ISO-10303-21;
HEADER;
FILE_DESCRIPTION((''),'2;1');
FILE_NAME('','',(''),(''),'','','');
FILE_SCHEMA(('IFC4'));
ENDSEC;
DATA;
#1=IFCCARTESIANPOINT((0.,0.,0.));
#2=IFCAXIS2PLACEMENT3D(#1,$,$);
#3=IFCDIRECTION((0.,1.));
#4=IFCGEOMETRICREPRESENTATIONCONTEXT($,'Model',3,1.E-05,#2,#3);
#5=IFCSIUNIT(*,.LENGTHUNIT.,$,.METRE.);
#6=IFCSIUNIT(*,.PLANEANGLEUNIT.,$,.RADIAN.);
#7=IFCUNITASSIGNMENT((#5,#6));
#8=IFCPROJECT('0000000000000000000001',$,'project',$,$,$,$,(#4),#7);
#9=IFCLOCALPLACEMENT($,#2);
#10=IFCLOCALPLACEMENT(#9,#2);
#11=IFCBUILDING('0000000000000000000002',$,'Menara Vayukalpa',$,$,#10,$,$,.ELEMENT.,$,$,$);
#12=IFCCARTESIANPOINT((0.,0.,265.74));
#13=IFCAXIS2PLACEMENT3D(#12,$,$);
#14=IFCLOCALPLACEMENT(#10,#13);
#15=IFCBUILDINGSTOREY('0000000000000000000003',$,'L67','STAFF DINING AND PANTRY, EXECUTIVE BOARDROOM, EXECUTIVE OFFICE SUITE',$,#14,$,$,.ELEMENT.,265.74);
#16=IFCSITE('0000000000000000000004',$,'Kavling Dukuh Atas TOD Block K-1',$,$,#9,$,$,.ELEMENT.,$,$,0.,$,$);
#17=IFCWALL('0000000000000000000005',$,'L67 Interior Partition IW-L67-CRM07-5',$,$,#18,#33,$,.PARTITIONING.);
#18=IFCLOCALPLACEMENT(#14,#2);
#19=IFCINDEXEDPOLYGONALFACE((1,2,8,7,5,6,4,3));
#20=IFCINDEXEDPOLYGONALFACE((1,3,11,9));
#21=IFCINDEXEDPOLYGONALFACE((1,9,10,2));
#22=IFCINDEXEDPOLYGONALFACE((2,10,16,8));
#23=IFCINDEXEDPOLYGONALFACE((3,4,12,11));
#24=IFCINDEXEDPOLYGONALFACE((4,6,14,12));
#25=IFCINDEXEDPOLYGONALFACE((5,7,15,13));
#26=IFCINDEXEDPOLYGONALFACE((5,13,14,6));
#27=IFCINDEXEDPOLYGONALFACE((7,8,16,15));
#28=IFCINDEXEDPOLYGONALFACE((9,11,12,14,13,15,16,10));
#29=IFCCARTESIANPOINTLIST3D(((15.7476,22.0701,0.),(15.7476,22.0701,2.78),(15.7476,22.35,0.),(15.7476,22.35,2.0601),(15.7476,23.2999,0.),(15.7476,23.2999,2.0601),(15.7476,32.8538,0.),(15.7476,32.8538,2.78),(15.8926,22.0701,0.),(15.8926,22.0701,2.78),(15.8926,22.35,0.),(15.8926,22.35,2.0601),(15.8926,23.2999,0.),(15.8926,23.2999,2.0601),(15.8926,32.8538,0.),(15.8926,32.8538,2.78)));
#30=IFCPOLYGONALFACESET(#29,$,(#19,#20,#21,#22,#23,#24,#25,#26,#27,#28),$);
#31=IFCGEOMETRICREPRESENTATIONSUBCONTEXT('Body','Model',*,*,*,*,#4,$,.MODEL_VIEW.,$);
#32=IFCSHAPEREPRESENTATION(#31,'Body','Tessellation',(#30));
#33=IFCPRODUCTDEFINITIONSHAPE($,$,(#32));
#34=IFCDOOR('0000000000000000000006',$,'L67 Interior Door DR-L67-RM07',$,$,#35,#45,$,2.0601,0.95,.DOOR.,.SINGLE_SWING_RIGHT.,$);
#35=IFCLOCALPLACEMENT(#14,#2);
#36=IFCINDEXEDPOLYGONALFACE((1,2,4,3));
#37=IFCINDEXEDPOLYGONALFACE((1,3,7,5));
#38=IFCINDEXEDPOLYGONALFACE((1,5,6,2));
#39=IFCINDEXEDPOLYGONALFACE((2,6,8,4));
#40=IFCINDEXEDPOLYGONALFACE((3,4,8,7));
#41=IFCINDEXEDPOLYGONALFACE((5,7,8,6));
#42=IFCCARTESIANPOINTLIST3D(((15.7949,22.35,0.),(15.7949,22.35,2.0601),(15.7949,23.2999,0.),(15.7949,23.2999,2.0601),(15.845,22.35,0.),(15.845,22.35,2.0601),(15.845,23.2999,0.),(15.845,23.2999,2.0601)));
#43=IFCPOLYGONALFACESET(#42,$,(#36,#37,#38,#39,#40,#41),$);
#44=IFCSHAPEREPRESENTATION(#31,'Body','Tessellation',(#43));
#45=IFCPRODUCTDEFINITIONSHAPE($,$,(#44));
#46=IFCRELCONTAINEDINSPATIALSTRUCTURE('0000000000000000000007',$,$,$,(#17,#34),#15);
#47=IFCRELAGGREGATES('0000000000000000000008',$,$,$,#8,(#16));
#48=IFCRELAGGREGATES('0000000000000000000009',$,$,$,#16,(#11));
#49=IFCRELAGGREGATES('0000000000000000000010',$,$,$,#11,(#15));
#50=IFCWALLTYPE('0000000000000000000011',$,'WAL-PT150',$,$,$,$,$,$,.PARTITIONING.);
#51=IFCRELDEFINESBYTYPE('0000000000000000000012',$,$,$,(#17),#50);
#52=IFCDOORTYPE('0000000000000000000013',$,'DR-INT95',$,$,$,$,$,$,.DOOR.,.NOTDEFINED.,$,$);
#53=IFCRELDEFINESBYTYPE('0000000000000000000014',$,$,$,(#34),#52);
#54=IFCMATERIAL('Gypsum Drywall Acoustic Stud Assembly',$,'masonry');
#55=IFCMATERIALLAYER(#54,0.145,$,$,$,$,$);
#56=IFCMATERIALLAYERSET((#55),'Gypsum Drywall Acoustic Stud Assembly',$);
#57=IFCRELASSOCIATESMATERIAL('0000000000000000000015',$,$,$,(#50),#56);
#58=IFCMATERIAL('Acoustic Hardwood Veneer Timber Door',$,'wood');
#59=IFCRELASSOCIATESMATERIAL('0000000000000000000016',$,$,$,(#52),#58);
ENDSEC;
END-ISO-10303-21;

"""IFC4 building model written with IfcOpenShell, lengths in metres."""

from ifc_helpers import new_model, si_unit, direction, frame, frame_2d, origin, place, context, subcontext, project, spatial, rectangle, extrude, material, layer, layer_set, type_object, element, fill, save


model = new_model("IFC4")

# Units and contexts
model_context = context("Model", 3, precision=1e-05, world=origin(), true_north=direction((0.0, 1.0)))
body_context = subcontext(model_context, "Body", "Model", "MODEL_VIEW")
ifc_project = project(units=[si_unit("LENGTHUNIT", "METRE"), si_unit("PLANEANGLEUNIT", "RADIAN")], contexts=[model_context])

# Site, building, storey
site_placement = place(None, origin())
site = spatial("IfcSite", under=ifc_project, at=site_placement, Name="Kavling Dukuh Atas TOD Block K-1", CompositionType="ELEMENT", RefElevation=0.0)
building_placement = place(site_placement, origin())
building = spatial("IfcBuilding", under=site, at=building_placement, Name="Menara Vayukalpa", CompositionType="ELEMENT")
storey_placement = place(building_placement, frame((0.0, 0.0, 265.74)))
storey = spatial("IfcBuildingStorey", under=building, at=storey_placement, Name="L67", Description="STAFF DINING AND PANTRY, EXECUTIVE BOARDROOM, EXECUTIVE OFFICE SUITE", CompositionType="ELEMENT", Elevation=265.74)

# Shared definitions
ifc_material_1 = material(Name="Gypsum Drywall Acoustic Stud Assembly", Category="masonry")
ifc_layer_1 = layer(ifc_material_1, 0.145)
ifc_layer_set_1 = layer_set([ifc_layer_1], Name="Gypsum Drywall Acoustic Stud Assembly")
wall_type_1 = type_object("IfcWallType", Name="WAL-PT150", PredefinedType="PARTITIONING", material=ifc_layer_set_1)

# Wall, opening, door
wall_1_placement = place(storey_placement, frame((15.8201, 32.8538, 0.0), z_axis=(0.0, 0.0, 1.0), x_axis=(0.0, -1.0, 0.0)))
wall_1 = element("IfcWall", 1, at=wall_1_placement, inside=storey, type_object=wall_type_1, Name="L67 Interior Partition IW-L67-CRM07-5", PredefinedType="PARTITIONING", context=body_context, shape_type="SweptSolid", body=[
    extrude(rectangle(XDim=10.7837, YDim=0.145, at=frame_2d((5.3918, 0.0))), origin(), (0.0, 0.0, 1.0), 2.78),
])
opening_placement = place(wall_1_placement, frame((9.5537, 0.0, 0.0)))
opening = element("IfcOpeningElement", 2, at=opening_placement, cuts=wall_1, PredefinedType="OPENING", context=body_context, shape_type="SweptSolid", body=[
    extrude(rectangle(XDim=0.95, YDim=2.0601, at=frame_2d((0.4751, 1.03))), frame((0.0, 0.0825, 0.0), z_axis=(0.0, -1.0, 0.0), x_axis=(1.0, 0.0, 0.0)), (0.0, 0.0, 1.0), 0.165),
])
ifc_material_2 = material(Name="Acoustic Hardwood Veneer Timber Door", Category="wood")
door_type = type_object("IfcDoorType", Name="DR-INT95", OperationType="NOTDEFINED", PredefinedType="DOOR", material=ifc_material_2)
door_placement = place(opening_placement, origin())
door = element("IfcDoor", 3, at=door_placement, inside=storey, type_object=door_type, Name="L67 Interior Door DR-L67-RM07", OperationType="SINGLE_SWING_RIGHT", OverallHeight=2.0601, OverallWidth=0.95, PredefinedType="DOOR", context=body_context, shape_type="SweptSolid", body=[
    extrude(rectangle(XDim=0.95, YDim=2.0601, at=frame_2d((0.4751, 1.03))), frame((0.0, 0.0249, 0.0), z_axis=(0.0, -1.0, 0.0), x_axis=(1.0, 0.0, 0.0)), (0.0, 0.0, 1.0), 0.05),
])
fill(opening, door)

save(model, "model.ifc")
